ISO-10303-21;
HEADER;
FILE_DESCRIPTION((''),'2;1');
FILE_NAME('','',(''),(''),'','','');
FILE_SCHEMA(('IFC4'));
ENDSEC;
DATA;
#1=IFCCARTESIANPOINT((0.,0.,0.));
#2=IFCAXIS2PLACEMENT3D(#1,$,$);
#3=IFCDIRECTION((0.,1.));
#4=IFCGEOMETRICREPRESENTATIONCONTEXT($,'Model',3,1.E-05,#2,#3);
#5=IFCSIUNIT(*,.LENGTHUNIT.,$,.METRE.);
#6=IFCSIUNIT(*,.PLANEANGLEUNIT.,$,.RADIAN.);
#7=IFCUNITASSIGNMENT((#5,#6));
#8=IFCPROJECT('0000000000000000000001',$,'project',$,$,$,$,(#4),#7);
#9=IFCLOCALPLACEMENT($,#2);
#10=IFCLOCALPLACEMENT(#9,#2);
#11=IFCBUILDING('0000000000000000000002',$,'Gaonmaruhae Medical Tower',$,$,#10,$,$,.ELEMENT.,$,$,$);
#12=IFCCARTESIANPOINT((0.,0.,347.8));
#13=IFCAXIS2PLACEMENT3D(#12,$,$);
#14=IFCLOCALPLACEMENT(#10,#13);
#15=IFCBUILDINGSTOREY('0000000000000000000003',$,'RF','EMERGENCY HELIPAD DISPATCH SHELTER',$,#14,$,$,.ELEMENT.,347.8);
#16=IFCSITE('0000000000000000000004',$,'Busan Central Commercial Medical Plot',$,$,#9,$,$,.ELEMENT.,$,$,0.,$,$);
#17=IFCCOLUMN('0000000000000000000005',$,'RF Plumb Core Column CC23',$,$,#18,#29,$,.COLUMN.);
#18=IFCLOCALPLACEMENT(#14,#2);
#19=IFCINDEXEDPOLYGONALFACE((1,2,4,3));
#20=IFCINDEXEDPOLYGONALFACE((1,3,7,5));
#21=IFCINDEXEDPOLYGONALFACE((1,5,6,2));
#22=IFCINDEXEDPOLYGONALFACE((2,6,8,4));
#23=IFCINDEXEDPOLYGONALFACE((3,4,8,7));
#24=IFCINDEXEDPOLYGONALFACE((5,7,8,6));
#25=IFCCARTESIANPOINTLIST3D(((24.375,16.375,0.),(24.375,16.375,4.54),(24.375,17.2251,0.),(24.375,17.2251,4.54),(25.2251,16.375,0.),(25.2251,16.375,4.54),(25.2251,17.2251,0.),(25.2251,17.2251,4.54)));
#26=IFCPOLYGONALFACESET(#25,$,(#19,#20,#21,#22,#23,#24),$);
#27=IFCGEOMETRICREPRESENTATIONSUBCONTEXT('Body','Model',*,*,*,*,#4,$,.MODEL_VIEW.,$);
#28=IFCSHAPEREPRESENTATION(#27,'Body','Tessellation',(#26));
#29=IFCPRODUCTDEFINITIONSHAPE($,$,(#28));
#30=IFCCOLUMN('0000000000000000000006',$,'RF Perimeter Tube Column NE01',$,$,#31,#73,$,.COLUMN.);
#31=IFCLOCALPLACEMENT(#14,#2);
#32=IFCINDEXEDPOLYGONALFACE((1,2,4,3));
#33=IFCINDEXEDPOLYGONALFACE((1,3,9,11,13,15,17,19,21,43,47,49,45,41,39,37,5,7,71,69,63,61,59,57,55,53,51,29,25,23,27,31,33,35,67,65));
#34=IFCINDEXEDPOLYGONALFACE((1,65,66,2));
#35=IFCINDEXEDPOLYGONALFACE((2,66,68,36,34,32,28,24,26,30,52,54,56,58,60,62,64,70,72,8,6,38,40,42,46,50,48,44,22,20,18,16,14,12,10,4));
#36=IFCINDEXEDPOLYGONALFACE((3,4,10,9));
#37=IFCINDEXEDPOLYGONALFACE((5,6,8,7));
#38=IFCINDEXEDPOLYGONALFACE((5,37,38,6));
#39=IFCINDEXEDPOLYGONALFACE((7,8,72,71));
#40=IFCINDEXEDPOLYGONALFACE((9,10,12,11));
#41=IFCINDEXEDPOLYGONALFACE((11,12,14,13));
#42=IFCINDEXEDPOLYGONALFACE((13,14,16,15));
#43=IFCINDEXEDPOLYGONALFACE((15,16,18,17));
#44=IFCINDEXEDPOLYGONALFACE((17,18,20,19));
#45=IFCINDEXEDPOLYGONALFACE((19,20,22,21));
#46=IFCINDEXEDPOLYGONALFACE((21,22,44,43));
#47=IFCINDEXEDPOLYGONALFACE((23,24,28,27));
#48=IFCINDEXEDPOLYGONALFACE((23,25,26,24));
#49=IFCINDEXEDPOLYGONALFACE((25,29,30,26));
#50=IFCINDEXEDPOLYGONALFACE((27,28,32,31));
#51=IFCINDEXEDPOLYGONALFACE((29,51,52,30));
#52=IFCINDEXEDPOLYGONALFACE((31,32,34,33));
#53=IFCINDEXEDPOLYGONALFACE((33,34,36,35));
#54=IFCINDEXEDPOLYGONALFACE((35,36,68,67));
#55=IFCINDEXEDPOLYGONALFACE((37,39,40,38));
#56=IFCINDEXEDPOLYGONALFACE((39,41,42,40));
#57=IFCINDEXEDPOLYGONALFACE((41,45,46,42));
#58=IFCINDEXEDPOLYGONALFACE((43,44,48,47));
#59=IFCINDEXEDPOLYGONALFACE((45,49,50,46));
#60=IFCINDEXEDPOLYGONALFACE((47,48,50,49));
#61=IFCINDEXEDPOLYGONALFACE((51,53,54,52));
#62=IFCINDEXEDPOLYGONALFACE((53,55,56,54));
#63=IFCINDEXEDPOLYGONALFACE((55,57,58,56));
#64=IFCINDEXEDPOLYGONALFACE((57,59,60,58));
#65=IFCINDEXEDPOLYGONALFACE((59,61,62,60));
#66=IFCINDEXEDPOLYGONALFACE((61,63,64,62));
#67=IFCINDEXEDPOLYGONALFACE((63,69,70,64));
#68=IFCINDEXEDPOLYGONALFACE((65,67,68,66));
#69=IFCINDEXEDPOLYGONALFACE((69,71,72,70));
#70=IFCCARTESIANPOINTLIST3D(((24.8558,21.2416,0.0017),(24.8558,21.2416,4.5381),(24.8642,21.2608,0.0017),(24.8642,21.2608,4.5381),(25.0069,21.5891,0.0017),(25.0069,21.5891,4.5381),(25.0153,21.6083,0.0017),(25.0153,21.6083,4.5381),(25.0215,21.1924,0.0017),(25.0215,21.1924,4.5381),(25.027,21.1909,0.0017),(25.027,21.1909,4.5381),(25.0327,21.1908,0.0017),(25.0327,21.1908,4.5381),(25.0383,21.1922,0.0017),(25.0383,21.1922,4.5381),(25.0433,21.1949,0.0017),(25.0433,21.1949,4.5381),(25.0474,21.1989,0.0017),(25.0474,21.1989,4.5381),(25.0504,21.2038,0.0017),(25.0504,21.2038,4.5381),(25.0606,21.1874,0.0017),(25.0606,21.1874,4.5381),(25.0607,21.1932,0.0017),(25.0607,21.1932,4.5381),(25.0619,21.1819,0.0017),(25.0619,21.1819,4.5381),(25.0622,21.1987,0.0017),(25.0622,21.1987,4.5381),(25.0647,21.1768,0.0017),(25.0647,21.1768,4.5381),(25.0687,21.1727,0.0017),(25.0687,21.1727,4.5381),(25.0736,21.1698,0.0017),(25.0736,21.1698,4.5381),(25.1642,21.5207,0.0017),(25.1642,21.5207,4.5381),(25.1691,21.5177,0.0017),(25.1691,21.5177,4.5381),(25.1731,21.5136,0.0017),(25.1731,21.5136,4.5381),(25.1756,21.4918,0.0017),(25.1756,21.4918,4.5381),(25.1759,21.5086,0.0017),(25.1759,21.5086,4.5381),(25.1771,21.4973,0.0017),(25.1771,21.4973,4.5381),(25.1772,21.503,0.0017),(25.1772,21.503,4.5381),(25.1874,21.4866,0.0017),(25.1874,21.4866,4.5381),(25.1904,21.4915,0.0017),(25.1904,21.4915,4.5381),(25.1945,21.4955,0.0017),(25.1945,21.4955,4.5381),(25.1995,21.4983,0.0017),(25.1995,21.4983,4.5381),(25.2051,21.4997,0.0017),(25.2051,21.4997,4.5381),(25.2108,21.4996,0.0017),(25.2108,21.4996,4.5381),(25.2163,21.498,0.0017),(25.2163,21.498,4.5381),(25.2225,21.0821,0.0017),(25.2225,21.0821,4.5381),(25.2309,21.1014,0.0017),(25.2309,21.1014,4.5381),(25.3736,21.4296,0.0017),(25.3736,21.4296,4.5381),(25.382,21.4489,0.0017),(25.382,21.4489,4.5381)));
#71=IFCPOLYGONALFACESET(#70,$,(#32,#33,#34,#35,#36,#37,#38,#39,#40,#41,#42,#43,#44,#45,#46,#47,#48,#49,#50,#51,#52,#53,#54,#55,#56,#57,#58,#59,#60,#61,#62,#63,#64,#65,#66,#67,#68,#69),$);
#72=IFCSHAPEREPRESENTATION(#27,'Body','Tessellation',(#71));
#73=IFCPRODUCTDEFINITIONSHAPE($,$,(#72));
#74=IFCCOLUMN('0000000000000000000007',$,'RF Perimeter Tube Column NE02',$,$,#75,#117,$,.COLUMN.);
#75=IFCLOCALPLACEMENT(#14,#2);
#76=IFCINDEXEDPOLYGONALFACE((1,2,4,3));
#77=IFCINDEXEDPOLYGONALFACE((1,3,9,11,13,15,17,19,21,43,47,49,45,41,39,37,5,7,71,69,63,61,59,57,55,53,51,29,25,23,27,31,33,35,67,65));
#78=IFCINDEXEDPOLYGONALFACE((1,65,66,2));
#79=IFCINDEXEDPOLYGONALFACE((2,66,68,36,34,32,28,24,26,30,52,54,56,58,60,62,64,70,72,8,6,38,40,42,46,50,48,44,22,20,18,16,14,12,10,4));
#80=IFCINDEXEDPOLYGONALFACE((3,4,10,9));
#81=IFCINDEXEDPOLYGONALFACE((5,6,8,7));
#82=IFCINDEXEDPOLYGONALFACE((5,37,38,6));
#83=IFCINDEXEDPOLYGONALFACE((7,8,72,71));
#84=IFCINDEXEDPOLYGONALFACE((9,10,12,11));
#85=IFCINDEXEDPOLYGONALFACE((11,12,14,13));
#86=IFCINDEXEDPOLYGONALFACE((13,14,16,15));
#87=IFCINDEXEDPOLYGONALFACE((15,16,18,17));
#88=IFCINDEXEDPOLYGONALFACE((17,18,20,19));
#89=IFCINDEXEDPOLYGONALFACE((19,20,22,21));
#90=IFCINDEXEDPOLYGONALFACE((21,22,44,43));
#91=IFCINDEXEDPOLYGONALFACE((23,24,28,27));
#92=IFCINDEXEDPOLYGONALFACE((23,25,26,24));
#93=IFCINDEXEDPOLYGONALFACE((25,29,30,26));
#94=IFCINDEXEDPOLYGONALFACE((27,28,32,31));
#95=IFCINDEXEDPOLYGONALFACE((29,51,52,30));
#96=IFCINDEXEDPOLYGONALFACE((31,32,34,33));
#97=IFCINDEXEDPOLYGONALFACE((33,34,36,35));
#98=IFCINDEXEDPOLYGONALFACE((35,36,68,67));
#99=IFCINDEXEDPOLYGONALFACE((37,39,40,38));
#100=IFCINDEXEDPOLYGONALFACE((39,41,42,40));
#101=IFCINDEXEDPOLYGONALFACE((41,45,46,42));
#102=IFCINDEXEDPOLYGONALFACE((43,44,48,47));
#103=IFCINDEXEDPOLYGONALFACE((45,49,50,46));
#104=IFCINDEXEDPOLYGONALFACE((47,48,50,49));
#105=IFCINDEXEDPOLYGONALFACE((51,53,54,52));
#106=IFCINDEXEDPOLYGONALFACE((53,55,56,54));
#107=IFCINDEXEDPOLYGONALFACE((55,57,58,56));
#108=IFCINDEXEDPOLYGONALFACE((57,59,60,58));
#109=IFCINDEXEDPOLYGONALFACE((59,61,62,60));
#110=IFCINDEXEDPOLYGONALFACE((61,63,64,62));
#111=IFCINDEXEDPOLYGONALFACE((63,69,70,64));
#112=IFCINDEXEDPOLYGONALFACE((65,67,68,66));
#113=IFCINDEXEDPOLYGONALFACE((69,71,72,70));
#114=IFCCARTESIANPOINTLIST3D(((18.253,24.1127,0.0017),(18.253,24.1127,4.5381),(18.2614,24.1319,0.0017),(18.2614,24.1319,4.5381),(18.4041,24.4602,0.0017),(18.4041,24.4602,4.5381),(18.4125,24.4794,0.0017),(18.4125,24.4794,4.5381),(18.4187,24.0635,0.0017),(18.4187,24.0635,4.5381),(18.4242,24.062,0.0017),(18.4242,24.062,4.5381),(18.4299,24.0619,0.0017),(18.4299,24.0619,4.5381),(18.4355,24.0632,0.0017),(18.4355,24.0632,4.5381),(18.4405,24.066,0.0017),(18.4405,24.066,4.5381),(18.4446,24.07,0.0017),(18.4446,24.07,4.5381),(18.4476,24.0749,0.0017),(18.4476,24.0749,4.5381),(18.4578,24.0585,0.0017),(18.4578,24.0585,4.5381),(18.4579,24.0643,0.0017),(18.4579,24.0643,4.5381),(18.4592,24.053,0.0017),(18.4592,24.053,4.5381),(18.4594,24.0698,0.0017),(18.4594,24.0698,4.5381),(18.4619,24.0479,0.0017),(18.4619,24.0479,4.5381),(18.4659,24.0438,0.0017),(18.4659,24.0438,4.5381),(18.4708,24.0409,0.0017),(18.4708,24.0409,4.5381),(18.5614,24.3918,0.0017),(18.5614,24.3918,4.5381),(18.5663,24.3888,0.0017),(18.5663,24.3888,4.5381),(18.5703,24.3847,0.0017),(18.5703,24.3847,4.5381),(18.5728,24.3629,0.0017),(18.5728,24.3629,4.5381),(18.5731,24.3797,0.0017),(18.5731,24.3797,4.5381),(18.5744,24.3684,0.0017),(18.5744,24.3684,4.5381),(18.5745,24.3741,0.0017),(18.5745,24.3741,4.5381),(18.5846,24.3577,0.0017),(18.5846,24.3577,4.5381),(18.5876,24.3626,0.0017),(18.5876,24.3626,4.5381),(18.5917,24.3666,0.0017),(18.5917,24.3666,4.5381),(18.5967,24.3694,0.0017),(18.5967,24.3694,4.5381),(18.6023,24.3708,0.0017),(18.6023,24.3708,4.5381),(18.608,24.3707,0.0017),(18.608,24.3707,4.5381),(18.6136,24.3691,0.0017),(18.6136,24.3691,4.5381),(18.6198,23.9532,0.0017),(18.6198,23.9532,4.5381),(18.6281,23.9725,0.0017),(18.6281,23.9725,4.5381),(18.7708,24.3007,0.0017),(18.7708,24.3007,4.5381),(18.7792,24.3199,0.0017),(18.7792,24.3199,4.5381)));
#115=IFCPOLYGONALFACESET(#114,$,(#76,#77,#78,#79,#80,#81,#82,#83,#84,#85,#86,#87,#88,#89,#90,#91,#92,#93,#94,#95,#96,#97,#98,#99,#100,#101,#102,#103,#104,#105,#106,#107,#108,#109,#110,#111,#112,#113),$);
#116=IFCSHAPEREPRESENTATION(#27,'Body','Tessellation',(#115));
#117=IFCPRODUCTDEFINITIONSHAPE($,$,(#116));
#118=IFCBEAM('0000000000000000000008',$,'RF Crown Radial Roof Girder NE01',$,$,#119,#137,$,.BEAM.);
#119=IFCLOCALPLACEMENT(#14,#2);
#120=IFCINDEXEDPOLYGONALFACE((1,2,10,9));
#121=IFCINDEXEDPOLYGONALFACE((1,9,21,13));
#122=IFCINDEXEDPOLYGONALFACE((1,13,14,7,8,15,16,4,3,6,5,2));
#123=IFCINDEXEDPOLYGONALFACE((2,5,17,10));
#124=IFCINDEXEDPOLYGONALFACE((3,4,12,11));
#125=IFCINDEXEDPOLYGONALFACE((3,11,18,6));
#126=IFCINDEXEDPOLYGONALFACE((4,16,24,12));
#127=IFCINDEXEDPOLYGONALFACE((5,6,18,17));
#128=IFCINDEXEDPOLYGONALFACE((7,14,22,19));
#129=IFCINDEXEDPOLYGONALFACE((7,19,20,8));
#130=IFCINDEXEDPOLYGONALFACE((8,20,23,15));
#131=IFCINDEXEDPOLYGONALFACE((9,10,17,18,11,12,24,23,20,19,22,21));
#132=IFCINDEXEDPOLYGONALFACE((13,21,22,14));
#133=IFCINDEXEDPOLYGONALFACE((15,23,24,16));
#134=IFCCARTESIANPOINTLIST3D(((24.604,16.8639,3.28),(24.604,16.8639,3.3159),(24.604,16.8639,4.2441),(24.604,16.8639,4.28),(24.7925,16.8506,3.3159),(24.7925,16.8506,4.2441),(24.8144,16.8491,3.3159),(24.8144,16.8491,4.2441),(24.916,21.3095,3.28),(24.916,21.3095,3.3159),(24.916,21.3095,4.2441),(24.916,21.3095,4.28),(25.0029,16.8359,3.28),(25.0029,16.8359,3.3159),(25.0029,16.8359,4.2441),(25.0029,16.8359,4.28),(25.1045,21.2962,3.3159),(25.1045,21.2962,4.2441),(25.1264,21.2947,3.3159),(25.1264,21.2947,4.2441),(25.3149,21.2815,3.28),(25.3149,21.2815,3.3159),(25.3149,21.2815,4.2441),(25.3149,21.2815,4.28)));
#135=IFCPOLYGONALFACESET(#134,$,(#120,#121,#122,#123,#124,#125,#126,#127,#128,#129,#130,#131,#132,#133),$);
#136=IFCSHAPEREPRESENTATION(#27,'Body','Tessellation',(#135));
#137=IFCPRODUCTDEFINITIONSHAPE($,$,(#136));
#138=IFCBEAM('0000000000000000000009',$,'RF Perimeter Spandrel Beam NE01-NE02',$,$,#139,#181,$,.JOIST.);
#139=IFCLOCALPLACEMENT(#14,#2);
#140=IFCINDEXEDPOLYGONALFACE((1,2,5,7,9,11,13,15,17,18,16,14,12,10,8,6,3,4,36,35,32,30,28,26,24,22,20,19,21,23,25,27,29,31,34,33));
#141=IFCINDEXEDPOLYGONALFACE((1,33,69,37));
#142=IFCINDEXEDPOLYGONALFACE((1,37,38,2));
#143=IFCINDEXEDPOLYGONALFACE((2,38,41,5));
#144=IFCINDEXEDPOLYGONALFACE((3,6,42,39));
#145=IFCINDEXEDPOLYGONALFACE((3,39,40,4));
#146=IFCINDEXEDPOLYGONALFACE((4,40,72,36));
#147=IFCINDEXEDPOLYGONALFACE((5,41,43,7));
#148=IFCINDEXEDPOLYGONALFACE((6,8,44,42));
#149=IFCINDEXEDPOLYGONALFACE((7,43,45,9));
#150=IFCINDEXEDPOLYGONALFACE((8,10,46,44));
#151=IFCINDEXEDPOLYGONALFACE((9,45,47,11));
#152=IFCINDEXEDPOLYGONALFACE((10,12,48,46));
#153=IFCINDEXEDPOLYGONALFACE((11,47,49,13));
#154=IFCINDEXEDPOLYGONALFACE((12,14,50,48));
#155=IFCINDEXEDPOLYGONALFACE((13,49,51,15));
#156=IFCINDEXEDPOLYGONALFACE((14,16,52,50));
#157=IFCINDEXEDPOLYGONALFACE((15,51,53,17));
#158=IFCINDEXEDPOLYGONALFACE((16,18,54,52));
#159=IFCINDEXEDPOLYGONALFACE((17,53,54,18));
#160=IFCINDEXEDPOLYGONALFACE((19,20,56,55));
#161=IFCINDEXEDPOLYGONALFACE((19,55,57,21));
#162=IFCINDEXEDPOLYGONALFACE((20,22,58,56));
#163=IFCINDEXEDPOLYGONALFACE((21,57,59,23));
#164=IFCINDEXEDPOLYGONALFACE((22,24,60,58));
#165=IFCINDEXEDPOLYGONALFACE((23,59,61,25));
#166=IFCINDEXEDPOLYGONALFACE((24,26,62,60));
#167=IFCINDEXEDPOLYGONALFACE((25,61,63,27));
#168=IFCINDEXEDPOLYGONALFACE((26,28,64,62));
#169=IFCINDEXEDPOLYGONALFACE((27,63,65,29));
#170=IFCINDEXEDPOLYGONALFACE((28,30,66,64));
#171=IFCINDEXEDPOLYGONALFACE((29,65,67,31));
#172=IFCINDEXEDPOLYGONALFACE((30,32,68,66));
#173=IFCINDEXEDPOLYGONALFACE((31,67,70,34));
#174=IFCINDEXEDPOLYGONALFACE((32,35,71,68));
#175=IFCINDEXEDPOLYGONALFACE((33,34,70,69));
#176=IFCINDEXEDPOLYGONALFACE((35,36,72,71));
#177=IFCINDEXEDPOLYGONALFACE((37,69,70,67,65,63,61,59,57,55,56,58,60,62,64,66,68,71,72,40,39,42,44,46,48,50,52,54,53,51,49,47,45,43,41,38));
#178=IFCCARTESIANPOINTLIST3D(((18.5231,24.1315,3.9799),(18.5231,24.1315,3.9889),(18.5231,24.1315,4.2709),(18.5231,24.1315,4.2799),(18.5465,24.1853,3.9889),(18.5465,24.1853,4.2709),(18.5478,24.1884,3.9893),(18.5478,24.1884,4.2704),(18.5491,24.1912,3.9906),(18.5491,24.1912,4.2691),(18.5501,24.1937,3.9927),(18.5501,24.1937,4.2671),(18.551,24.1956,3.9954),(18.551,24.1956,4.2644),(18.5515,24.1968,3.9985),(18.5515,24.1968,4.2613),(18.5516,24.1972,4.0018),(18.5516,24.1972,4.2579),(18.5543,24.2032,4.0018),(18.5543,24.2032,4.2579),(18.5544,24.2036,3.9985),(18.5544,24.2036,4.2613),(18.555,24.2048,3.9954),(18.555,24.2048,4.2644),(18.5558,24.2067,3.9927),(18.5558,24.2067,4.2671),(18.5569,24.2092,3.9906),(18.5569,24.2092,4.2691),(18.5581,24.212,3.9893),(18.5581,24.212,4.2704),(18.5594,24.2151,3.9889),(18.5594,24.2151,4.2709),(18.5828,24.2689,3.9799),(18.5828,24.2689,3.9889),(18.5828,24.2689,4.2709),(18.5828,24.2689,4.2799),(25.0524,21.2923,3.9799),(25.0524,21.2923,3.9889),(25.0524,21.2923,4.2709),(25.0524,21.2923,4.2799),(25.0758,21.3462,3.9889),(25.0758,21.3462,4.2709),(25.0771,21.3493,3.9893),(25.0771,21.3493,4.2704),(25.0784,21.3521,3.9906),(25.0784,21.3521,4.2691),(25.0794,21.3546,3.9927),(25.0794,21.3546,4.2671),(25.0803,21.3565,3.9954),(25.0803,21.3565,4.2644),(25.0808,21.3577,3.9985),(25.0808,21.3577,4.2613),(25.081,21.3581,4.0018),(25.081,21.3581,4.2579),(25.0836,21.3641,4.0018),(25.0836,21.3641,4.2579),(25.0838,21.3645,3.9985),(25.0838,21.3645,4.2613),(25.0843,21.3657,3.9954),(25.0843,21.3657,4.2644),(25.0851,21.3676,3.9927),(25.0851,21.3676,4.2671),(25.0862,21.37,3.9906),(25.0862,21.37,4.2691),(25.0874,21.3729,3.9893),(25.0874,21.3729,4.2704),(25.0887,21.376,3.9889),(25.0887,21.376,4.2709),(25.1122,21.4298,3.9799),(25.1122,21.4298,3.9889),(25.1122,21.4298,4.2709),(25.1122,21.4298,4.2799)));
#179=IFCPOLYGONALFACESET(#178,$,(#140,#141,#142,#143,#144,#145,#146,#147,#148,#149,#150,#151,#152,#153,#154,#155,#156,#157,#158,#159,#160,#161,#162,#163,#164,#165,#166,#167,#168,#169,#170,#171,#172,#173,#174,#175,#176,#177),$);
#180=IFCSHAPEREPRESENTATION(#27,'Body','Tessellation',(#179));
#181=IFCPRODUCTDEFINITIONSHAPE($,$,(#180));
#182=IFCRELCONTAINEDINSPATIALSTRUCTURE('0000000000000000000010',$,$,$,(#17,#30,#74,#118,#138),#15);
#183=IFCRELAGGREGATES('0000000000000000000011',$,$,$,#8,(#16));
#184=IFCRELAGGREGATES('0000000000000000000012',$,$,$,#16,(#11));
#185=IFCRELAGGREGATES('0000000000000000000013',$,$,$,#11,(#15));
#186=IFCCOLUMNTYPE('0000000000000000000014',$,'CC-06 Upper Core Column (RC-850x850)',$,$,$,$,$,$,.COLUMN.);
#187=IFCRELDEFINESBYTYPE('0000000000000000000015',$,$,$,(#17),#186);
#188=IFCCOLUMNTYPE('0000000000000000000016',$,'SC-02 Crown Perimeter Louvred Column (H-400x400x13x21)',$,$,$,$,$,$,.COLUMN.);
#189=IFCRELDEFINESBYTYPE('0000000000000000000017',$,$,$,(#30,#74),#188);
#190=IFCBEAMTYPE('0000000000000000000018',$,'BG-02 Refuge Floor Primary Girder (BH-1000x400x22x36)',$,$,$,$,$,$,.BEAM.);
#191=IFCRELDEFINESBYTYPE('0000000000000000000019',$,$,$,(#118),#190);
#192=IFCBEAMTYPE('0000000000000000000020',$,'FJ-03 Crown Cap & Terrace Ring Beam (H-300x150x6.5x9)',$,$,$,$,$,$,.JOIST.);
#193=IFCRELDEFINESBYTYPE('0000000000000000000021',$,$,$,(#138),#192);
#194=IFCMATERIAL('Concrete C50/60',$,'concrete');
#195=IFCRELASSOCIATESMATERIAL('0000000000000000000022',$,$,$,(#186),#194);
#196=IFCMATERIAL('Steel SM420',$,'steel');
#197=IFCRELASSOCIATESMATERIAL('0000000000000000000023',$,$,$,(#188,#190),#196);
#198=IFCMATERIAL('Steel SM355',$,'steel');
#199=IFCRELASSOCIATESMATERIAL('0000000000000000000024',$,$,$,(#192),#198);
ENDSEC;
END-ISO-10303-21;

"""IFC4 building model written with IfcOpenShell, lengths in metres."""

from ifc_helpers import new_model, si_unit, direction, frame, origin, origin_2d, place, context, subcontext, project, spatial, rectangle, i_section, extrude, material, material_profile, profile_set, type_object, element, save


model = new_model("IFC4")

# Units and contexts
model_context = context("Model", 3, precision=1e-05, world=origin(), true_north=direction((0.0, 1.0)))
body_context = subcontext(model_context, "Body", "Model", "MODEL_VIEW")
ifc_project = project(units=[si_unit("LENGTHUNIT", "METRE"), si_unit("PLANEANGLEUNIT", "RADIAN")], contexts=[model_context])

# Site, building, storey
site_placement = place(None, origin())
site = spatial("IfcSite", under=ifc_project, at=site_placement, Name="Busan Central Commercial Medical Plot", CompositionType="ELEMENT", RefElevation=0.0)
building_placement = place(site_placement, origin())
building = spatial("IfcBuilding", under=site, at=building_placement, Name="Gaonmaruhae Medical Tower", CompositionType="ELEMENT")
storey_placement = place(building_placement, frame((0.0, 0.0, 347.8)))
storey = spatial("IfcBuildingStorey", under=building, at=storey_placement, Name="RF", Description="EMERGENCY HELIPAD DISPATCH SHELTER", CompositionType="ELEMENT", Elevation=347.8)

# Columns
ifc_material_1 = material(Name="Concrete C50/60", Category="concrete")
ifc_material_profile_1 = material_profile(ifc_material_1, rectangle(XDim=0.8501, YDim=0.8501, at=origin_2d()), Name="RC-850x850")
ifc_profile_set_1 = profile_set([ifc_material_profile_1], Name="Concrete C50/60")
column_type_1 = type_object("IfcColumnType", Name="CC-06 Upper Core Column (RC-850x850)", PredefinedType="COLUMN", material=ifc_profile_set_1)
column_placement = place(storey_placement, frame((24.8, 16.8, 0.0), z_axis=(0.0, 0.0, 1.0), x_axis=(1.0, 0.0, 0.0)))
element("IfcColumn", 1, at=column_placement, inside=storey, type_object=column_type_1, Name="RF Plumb Core Column CC23", PredefinedType="COLUMN", context=body_context, shape_type="SweptSolid", body=[
    extrude(rectangle(XDim=0.8501, YDim=0.8501, at=origin_2d()), origin(), (0.0, 0.0, 1.0), 4.54),
])
ifc_material_2 = material(Name="Steel SM420", Category="steel")
ifc_material_profile_2 = material_profile(ifc_material_2, i_section(OverallWidth=0.3999, OverallDepth=0.3999, WebThickness=0.0129, FlangeThickness=0.021, FilletRadius=0.022, at=origin_2d()), Name="H-400x400x13x21")
ifc_profile_set_2 = profile_set([ifc_material_profile_2], Name="Steel SM420")
column_type_2 = type_object("IfcColumnType", Name="SC-02 Crown Perimeter Louvred Column (H-400x400x13x21)", PredefinedType="COLUMN", material=ifc_profile_set_2)
for number, where, z_axis, x_axis, name in (
    (2, (25.1189, 21.3452, 0.0017), (0.0, 0.0, 1.0), (-0.91706, 0.398749, 0.0), "RF Perimeter Tube Column NE01"),
    (3, (18.5161, 24.2163, 0.0017), (0.0, 0.0, 1.0), (-0.91706, 0.398749, 0.0), "RF Perimeter Tube Column NE02"),
):
    element("IfcColumn", number, at=place(storey_placement, frame(where, z_axis=z_axis, x_axis=x_axis)), inside=storey, type_object=column_type_2, Name=name, PredefinedType="COLUMN", context=body_context, shape_type="SweptSolid", body=[
        extrude(i_section(OverallWidth=0.3999, OverallDepth=0.3999, WebThickness=0.0129, FlangeThickness=0.021, FilletRadius=0.022, at=origin_2d()), origin(), (0.0, 0.0, 1.0), 4.5364),
    ])

# Beams
ifc_material_profile_3 = material_profile(ifc_material_2, i_section(OverallWidth=0.3999, OverallDepth=1.0, WebThickness=0.022, FlangeThickness=0.0359, at=origin_2d()), Name="BH-1000x400x22x36")
ifc_profile_set_3 = profile_set([ifc_material_profile_3], Name="Steel SM420")
beam_type_1 = type_object("IfcBeamType", Name="BG-02 Refuge Floor Primary Girder (BH-1000x400x22x36)", PredefinedType="BEAM", material=ifc_profile_set_3)
beam_1_placement = place(storey_placement, frame((24.8035, 16.8499, 3.78), z_axis=(0.070013, 0.997546, 0.0), x_axis=(-0.997546, 0.070013, 0.0)))
element("IfcBeam", 4, at=beam_1_placement, inside=storey, type_object=beam_type_1, Name="RF Crown Radial Roof Girder NE01", PredefinedType="BEAM", context=body_context, shape_type="SweptSolid", body=[
    extrude(i_section(OverallWidth=0.3999, OverallDepth=1.0, WebThickness=0.022, FlangeThickness=0.0359, at=origin_2d()), origin(), (0.0, 0.0, 1.0), 4.4565),
])
ifc_material_3 = material(Name="Steel SM355", Category="steel")
ifc_material_profile_4 = material_profile(ifc_material_3, i_section(OverallWidth=0.1499, OverallDepth=0.3, WebThickness=0.0066, FlangeThickness=0.009, FilletRadius=0.0129, at=origin_2d()), Name="H-300x150x6.5x9")
ifc_profile_set_4 = profile_set([ifc_material_profile_4], Name="Steel SM355")
beam_type_2 = type_object("IfcBeamType", Name="FJ-03 Crown Cap & Terrace Ring Beam (H-300x150x6.5x9)", PredefinedType="JOIST", material=ifc_profile_set_4)
beam_2_placement = place(storey_placement, frame((25.0823, 21.3611, 4.1299), z_axis=(-0.917055, 0.39876, 0.0), x_axis=(-0.39876, -0.917055, 0.0)))
element("IfcBeam", 5, at=beam_2_placement, inside=storey, type_object=beam_type_2, Name="RF Perimeter Spandrel Beam NE01-NE02", PredefinedType="JOIST", context=body_context, shape_type="SweptSolid", body=[
    extrude(i_section(OverallWidth=0.1499, OverallDepth=0.3, WebThickness=0.0066, FlangeThickness=0.009, FilletRadius=0.0129, at=origin_2d()), origin(), (0.0, 0.0, 1.0), 7.1199),
])

save(model, "model.ifc")
